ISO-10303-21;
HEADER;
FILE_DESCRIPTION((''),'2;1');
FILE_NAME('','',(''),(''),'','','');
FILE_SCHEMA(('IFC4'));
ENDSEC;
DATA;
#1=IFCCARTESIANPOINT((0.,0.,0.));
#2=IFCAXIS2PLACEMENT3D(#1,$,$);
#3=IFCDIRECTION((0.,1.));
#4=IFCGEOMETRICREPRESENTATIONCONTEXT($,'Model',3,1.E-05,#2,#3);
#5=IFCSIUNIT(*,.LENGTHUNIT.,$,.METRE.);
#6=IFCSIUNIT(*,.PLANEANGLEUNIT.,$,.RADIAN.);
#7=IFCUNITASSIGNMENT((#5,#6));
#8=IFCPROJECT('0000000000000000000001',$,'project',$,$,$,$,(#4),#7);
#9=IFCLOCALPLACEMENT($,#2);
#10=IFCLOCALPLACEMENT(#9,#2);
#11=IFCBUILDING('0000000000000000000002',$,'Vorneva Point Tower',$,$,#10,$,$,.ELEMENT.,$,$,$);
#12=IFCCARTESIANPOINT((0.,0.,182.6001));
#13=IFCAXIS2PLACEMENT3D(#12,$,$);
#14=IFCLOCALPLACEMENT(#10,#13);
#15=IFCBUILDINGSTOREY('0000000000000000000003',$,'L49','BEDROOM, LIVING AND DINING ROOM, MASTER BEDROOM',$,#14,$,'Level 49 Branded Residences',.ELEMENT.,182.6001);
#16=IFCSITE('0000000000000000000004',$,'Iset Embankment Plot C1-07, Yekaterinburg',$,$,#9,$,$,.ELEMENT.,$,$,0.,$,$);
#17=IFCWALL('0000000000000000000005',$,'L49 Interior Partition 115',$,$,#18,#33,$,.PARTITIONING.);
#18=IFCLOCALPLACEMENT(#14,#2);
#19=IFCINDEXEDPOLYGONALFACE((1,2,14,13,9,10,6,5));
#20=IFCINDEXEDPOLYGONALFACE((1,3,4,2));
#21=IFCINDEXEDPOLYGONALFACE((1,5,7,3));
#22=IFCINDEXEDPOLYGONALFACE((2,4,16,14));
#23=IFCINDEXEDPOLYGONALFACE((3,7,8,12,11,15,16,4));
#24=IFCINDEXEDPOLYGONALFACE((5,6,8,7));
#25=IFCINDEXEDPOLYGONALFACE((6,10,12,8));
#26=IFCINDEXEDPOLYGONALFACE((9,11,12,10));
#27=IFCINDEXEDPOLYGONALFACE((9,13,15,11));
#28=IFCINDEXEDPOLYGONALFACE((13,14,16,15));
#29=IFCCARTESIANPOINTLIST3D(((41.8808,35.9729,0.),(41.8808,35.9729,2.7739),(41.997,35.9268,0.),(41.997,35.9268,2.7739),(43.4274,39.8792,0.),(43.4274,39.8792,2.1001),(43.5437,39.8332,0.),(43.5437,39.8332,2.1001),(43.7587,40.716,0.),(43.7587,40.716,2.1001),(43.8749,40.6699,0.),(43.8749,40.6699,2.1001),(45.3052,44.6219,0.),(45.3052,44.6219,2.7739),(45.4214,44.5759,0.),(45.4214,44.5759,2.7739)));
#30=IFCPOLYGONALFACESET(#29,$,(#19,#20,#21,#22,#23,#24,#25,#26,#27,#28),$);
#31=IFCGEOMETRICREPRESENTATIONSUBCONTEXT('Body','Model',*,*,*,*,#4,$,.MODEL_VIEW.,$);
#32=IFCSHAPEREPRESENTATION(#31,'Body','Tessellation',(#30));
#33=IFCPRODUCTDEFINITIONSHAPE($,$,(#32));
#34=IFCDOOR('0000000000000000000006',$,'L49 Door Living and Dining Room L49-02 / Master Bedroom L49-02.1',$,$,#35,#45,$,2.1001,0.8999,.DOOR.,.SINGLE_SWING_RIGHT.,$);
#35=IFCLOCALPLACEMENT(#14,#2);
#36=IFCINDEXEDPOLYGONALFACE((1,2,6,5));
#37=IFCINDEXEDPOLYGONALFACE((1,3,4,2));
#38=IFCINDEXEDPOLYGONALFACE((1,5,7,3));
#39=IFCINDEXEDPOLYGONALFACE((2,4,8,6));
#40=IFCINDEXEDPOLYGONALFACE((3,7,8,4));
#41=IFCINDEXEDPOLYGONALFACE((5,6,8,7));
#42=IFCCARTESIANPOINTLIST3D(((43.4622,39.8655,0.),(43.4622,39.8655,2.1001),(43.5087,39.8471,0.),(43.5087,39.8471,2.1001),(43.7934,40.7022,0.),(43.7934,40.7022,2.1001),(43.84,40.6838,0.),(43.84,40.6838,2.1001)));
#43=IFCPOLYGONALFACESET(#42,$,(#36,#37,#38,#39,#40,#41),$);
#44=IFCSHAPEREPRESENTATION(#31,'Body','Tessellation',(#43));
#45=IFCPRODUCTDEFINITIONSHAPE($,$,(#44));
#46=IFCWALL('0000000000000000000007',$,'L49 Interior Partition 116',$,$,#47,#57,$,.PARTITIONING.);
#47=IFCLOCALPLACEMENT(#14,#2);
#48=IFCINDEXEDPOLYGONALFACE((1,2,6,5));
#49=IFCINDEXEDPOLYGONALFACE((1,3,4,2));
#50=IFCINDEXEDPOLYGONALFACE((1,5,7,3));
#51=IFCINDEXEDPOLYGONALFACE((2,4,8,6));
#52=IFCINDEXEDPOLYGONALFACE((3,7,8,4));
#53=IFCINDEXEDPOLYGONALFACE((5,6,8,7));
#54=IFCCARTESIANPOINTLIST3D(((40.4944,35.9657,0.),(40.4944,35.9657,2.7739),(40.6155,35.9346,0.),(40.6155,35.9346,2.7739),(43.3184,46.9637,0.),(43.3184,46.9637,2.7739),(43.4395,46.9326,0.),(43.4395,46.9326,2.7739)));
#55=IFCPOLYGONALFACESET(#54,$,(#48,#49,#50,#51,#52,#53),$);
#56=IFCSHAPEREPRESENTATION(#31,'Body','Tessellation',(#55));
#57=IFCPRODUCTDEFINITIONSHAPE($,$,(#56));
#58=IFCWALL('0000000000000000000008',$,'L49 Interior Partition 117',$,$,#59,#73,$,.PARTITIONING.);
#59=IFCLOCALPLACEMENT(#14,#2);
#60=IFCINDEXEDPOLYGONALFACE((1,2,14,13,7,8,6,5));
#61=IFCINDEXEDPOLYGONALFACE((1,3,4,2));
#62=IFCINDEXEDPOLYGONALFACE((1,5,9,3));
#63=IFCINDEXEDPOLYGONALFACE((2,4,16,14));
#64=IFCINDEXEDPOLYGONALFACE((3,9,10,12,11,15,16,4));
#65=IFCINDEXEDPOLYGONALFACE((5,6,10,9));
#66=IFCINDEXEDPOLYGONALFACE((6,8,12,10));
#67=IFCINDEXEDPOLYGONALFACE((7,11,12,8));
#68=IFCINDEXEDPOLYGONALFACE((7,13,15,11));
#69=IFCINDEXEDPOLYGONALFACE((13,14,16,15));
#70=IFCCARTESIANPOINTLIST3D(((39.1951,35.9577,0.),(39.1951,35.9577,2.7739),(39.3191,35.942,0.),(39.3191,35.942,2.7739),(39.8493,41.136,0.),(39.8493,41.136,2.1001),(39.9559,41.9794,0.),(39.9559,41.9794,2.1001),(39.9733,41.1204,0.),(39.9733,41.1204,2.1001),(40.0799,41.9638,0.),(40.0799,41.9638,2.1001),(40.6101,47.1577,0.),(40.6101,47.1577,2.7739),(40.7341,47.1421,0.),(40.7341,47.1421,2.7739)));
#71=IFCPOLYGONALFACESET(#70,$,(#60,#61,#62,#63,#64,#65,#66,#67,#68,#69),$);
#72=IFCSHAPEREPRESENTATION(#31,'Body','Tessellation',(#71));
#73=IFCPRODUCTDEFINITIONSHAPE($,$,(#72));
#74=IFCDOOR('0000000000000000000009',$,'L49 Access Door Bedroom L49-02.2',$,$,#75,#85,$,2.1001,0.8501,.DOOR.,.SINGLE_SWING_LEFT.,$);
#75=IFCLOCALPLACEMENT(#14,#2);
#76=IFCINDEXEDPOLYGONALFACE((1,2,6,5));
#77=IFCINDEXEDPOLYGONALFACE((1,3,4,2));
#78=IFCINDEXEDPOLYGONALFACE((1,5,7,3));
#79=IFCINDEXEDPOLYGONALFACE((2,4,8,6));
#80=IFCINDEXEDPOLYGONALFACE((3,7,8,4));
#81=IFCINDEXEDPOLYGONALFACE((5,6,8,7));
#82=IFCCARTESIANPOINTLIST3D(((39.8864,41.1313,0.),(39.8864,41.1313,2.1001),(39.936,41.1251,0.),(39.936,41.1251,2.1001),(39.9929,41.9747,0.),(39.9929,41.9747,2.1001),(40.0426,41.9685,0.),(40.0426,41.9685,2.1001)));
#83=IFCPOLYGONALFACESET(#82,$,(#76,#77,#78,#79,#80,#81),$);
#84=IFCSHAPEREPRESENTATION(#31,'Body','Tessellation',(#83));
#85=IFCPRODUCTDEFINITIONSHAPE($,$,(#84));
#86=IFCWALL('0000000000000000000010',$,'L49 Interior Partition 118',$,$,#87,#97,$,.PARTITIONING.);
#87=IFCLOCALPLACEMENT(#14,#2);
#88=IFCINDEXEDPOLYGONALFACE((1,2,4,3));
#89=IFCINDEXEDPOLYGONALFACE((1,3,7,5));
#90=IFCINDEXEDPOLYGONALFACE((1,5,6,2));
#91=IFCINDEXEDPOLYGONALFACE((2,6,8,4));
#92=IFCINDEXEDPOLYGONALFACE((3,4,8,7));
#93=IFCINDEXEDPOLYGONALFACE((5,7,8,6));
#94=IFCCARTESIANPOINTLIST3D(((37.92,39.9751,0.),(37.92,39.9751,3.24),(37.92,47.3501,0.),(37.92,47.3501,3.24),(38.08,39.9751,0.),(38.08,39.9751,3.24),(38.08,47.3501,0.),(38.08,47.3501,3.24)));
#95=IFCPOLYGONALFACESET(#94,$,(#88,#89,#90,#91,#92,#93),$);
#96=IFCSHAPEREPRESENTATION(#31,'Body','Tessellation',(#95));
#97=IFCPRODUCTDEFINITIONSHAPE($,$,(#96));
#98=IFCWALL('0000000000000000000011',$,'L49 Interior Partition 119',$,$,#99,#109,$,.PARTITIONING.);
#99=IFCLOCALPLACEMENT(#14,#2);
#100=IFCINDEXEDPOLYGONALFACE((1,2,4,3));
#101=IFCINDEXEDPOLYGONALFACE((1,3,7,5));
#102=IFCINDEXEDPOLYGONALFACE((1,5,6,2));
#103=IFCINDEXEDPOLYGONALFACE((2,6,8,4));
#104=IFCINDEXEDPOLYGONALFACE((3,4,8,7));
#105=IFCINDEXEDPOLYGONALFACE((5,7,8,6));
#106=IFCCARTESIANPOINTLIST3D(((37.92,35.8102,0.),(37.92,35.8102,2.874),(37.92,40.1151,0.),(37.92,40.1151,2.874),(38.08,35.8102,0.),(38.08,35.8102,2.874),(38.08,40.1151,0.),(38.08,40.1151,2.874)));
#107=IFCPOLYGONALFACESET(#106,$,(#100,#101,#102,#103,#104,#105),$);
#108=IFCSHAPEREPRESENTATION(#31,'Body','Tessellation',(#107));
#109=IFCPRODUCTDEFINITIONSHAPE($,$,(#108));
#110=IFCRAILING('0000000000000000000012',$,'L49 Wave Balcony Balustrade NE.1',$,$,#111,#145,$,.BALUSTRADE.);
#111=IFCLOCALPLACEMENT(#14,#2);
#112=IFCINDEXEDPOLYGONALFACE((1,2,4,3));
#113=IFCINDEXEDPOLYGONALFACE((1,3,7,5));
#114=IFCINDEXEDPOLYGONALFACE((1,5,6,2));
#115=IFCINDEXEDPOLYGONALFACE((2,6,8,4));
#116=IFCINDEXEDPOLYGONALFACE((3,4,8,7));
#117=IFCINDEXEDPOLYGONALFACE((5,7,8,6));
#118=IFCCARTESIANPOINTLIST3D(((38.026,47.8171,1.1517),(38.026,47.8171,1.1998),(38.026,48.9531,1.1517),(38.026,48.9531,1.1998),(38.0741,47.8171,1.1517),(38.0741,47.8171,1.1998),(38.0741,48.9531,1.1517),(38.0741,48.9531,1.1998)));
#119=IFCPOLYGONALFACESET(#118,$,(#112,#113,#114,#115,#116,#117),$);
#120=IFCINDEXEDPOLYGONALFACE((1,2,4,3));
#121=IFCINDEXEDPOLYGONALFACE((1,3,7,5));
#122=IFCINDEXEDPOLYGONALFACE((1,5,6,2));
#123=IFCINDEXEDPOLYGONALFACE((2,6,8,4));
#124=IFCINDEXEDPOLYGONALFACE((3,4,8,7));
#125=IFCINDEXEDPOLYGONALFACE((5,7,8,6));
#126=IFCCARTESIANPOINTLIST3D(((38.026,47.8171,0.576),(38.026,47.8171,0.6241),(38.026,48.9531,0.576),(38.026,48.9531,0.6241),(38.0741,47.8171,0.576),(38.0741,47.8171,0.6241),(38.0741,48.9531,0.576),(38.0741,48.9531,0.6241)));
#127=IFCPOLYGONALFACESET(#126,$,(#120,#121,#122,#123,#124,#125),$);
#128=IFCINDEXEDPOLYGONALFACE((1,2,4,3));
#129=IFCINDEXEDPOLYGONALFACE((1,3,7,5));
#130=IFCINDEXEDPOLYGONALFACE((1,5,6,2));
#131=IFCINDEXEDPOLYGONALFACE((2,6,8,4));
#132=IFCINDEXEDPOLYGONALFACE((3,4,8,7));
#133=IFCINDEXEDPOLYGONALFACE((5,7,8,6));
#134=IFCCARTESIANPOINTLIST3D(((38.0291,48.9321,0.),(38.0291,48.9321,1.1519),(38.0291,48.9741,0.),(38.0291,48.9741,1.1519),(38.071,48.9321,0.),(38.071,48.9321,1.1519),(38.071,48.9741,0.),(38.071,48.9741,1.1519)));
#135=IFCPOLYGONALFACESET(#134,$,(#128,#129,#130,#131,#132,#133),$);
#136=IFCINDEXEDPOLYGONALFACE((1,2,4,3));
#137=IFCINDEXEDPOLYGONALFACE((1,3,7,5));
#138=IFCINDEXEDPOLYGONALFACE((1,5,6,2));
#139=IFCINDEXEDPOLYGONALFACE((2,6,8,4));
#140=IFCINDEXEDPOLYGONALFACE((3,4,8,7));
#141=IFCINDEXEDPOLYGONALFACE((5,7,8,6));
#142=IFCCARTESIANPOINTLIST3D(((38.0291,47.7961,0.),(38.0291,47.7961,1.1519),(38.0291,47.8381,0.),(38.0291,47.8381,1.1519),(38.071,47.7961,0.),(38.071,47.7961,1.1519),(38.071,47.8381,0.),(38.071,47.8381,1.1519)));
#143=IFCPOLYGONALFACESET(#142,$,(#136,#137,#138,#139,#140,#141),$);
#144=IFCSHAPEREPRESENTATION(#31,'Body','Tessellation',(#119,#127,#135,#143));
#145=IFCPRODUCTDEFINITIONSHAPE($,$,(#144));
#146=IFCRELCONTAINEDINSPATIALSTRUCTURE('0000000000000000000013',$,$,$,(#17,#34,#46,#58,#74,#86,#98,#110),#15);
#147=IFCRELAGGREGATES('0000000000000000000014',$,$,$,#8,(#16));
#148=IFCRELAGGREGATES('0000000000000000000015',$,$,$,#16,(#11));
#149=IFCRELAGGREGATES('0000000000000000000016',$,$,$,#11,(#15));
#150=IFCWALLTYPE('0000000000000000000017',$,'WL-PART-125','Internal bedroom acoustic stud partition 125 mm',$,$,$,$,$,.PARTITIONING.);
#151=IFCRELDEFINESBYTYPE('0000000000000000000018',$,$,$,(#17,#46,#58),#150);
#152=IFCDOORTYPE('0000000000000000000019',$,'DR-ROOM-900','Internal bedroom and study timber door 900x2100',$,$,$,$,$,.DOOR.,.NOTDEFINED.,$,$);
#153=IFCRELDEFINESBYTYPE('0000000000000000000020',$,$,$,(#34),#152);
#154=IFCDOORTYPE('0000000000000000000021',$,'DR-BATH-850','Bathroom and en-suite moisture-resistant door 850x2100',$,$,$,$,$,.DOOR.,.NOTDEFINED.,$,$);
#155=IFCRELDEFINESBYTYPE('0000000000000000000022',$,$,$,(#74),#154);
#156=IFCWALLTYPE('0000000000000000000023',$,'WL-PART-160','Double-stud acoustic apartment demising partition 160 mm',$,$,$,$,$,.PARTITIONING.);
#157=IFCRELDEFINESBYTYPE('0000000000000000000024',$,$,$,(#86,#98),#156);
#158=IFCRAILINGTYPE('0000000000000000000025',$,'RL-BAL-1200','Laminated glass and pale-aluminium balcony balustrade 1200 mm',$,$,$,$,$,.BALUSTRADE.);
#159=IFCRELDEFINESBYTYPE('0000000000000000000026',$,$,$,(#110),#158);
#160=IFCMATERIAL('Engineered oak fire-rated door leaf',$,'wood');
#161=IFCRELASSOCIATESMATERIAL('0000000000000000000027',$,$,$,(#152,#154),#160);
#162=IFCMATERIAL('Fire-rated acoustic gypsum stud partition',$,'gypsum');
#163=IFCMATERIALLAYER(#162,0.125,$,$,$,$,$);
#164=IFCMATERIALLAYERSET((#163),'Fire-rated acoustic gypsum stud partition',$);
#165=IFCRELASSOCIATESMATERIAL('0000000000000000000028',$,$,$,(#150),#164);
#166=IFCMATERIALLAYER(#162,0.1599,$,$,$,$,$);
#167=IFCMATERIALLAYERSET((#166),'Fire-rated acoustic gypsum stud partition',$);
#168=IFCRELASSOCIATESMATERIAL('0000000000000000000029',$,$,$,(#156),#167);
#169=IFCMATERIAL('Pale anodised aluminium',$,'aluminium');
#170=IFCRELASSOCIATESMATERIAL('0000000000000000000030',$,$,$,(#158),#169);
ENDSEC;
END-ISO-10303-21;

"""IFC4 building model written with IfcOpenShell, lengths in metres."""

from ifc_helpers import new_model, si_unit, direction, frame, frame_2d, origin, origin_2d, place, context, subcontext, project, spatial, rectangle, extrude, material, layer, layer_set, type_object, element, fill, save


model = new_model("IFC4")

# Units and contexts
model_context = context("Model", 3, precision=1e-05, world=origin(), true_north=direction((0.0, 1.0)))
body_context = subcontext(model_context, "Body", "Model", "MODEL_VIEW")
ifc_project = project(units=[si_unit("LENGTHUNIT", "METRE"), si_unit("PLANEANGLEUNIT", "RADIAN")], contexts=[model_context])

# Site, building, storey
site_placement = place(None, origin())
site = spatial("IfcSite", under=ifc_project, at=site_placement, Name="Iset Embankment Plot C1-07, Yekaterinburg", CompositionType="ELEMENT", RefElevation=0.0)
building_placement = place(site_placement, origin())
building = spatial("IfcBuilding", under=site, at=building_placement, Name="Vorneva Point Tower", CompositionType="ELEMENT")
storey_placement = place(building_placement, frame((0.0, 0.0, 182.6001)))
storey = spatial("IfcBuildingStorey", under=building, at=storey_placement, Name="L49", Description="BEDROOM, LIVING AND DINING ROOM, MASTER BEDROOM", LongName="Level 49 Branded Residences", CompositionType="ELEMENT", Elevation=182.6001)

# Shared definitions
ifc_material_1 = material(Name="Pale anodised aluminium", Category="aluminium")

# Shared definitions
ifc_material_2 = material(Name="Fire-rated acoustic gypsum stud partition", Category="gypsum")

# Shared definitions
ifc_material_3 = material(Name="Engineered oak fire-rated door leaf", Category="wood")
door_type_1 = type_object("IfcDoorType", Name="DR-ROOM-900", Description="Internal bedroom and study timber door 900x2100", OperationType="NOTDEFINED", PredefinedType="DOOR", material=ifc_material_3)

# Wall, opening, door
ifc_layer_1 = layer(ifc_material_2, 0.125)
ifc_layer_set_1 = layer_set([ifc_layer_1], Name="Fire-rated acoustic gypsum stud partition")
wall_type_1 = type_object("IfcWallType", Name="WL-PART-125", Description="Internal bedroom acoustic stud partition 125 mm", PredefinedType="PARTITIONING", material=ifc_layer_set_1)
wall_1_placement = place(storey_placement, frame((45.3633, 44.5989, 0.0), z_axis=(0.0, 0.0, 1.0), x_axis=(-0.368121, -0.929778, 0.0)))
wall_1 = element("IfcWall", 1, at=wall_1_placement, inside=storey, type_object=wall_type_1, Name="L49 Interior Partition 115", PredefinedType="PARTITIONING", context=body_context, shape_type="SweptSolid", body=[
    extrude(rectangle(XDim=9.3022, YDim=0.125, at=frame_2d((4.6511, 0.0))), origin(), (0.0, 0.0, 1.0), 2.7739),
])
opening_1_placement = place(wall_1_placement, frame((4.2009, 0.0, 0.0)))
opening_1 = element("IfcOpeningElement", 2, at=opening_1_placement, cuts=wall_1, PredefinedType="OPENING", context=body_context, shape_type="SweptSolid", body=[
    extrude(rectangle(XDim=0.8999, YDim=2.1001, at=frame_2d((0.45, 1.05))), frame((0.0, 0.0774, 0.0), z_axis=(0.0, -1.0, 0.0), x_axis=(1.0, 0.0, 0.0)), (0.0, 0.0, 1.0), 0.1548),
])
door_1_placement = place(opening_1_placement, origin())
door_1 = element("IfcDoor", 3, at=door_1_placement, inside=storey, type_object=door_type_1, Name="L49 Door Living and Dining Room L49-02 / Master Bedroom L49-02.1", OperationType="SINGLE_SWING_RIGHT", OverallHeight=2.1001, OverallWidth=0.8999, PredefinedType="DOOR", context=body_context, shape_type="SweptSolid", body=[
    extrude(rectangle(XDim=0.8999, YDim=2.1001, at=frame_2d((0.45, 1.05))), frame((0.0, 0.0249, 0.0), z_axis=(0.0, -1.0, 0.0), x_axis=(1.0, 0.0, 0.0)), (0.0, 0.0, 1.0), 0.05),
])
fill(opening_1, door_1)

# Wall
wall_2_placement = place(storey_placement, frame((43.3789, 46.948, 0.0), z_axis=(0.0, 0.0, 1.0), x_axis=(-0.248703, -0.96858, 0.0)))
element("IfcWall", 4, at=wall_2_placement, inside=storey, type_object=wall_type_1, Name="L49 Interior Partition 116", PredefinedType="PARTITIONING", context=body_context, shape_type="SweptSolid", body=[
    extrude(rectangle(XDim=11.3547, YDim=0.125, at=frame_2d((5.6772, 0.0))), origin(), (0.0, 0.0, 1.0), 2.7739),
])

# Wall, opening, door
wall_3_placement = place(storey_placement, frame((40.6721, 47.1499, 0.0), z_axis=(0.0, 0.0, 1.0), x_axis=(-0.125347, -0.992113, 0.0)))
wall_3 = element("IfcWall", 5, at=wall_3_placement, inside=storey, type_object=wall_type_1, Name="L49 Interior Partition 117", PredefinedType="PARTITIONING", context=body_context, shape_type="SweptSolid", body=[
    extrude(rectangle(XDim=11.2891, YDim=0.125, at=frame_2d((5.6445, 0.0))), origin(), (0.0, 0.0, 1.0), 2.7739),
])
opening_2_placement = place(wall_3_placement, frame((5.2195, 0.0, 0.0)))
opening_2 = element("IfcOpeningElement", 6, at=opening_2_placement, cuts=wall_3, PredefinedType="OPENING", context=body_context, shape_type="SweptSolid", body=[
    extrude(rectangle(XDim=0.8501, YDim=2.1001, at=frame_2d((0.425, 1.05))), frame((0.0, 0.0774, 0.0), z_axis=(0.0, -1.0, 0.0), x_axis=(1.0, 0.0, 0.0)), (0.0, 0.0, 1.0), 0.1548),
])
door_type_2 = type_object("IfcDoorType", Name="DR-BATH-850", Description="Bathroom and en-suite moisture-resistant door 850x2100", OperationType="NOTDEFINED", PredefinedType="DOOR", material=ifc_material_3)
door_2_placement = place(opening_2_placement, origin())
door_2 = element("IfcDoor", 7, at=door_2_placement, inside=storey, type_object=door_type_2, Name="L49 Access Door Bedroom L49-02.2", OperationType="SINGLE_SWING_LEFT", OverallHeight=2.1001, OverallWidth=0.8501, PredefinedType="DOOR", context=body_context, shape_type="SweptSolid", body=[
    extrude(rectangle(XDim=0.8501, YDim=2.1001, at=frame_2d((0.425, 1.05))), frame((0.0, 0.0249, 0.0), z_axis=(0.0, -1.0, 0.0), x_axis=(1.0, 0.0, 0.0)), (0.0, 0.0, 1.0), 0.05),
])
fill(opening_2, door_2)

# Walls
ifc_layer_2 = layer(ifc_material_2, 0.1599)
ifc_layer_set_2 = layer_set([ifc_layer_2], Name="Fire-rated acoustic gypsum stud partition")
wall_type_2 = type_object("IfcWallType", Name="WL-PART-160", Description="Double-stud acoustic apartment demising partition 160 mm", PredefinedType="PARTITIONING", material=ifc_layer_set_2)
wall_4_placement = place(storey_placement, frame((38.0, 47.3501, 0.0), z_axis=(0.0, 0.0, 1.0), x_axis=(0.0, -1.0, 0.0)))
element("IfcWall", 8, at=wall_4_placement, inside=storey, type_object=wall_type_2, Name="L49 Interior Partition 118", PredefinedType="PARTITIONING", context=body_context, shape_type="SweptSolid", body=[
    extrude(rectangle(XDim=7.375, YDim=0.1599, at=frame_2d((3.6875, 0.0))), origin(), (0.0, 0.0, 1.0), 3.24),
])
wall_5_placement = place(storey_placement, frame((38.0, 40.115, 0.0), z_axis=(0.0, 0.0, 1.0), x_axis=(0.0, -1.0, 0.0)))
element("IfcWall", 9, at=wall_5_placement, inside=storey, type_object=wall_type_2, Name="L49 Interior Partition 119", PredefinedType="PARTITIONING", context=body_context, shape_type="SweptSolid", body=[
    extrude(rectangle(XDim=4.3049, YDim=0.1599, at=frame_2d((2.1523, 0.0))), origin(), (0.0, 0.0, 1.0), 2.874),
])

# Railing
railing_type = type_object("IfcRailingType", Name="RL-BAL-1200", Description="Laminated glass and pale-aluminium balcony balustrade 1200 mm", PredefinedType="BALUSTRADE", material=ifc_material_1)
railing_placement = place(storey_placement, frame((38.05, 48.9531, 0.0)))
element("IfcRailing", 10, at=railing_placement, inside=storey, type_object=railing_type, Name="L49 Wave Balcony Balustrade NE.1", PredefinedType="BALUSTRADE", context=body_context, shape_type="SweptSolid", body=[
    extrude(rectangle(XDim=0.0481, YDim=0.0481, at=origin_2d()), frame((0.0, 0.0, 1.1758), z_axis=(0.0, -1.0, 0.0), x_axis=(1.0, 0.0, 0.0)), (0.0, 0.0, 1.0), 1.136),
    extrude(rectangle(XDim=0.0481, YDim=0.0481, at=origin_2d()), frame((0.0, 0.0, 0.6001), z_axis=(0.0, -1.0, 0.0), x_axis=(1.0, 0.0, 0.0)), (0.0, 0.0, 1.0), 1.136),
    extrude(rectangle(XDim=0.042, YDim=0.042, at=origin_2d()), origin(), (0.0, 0.0, 1.0), 1.1519),
    extrude(rectangle(XDim=0.042, YDim=0.042, at=origin_2d()), frame((0.0, -1.136, 0.0)), (0.0, 0.0, 1.0), 1.1519),
])

save(model, "model.ifc")
